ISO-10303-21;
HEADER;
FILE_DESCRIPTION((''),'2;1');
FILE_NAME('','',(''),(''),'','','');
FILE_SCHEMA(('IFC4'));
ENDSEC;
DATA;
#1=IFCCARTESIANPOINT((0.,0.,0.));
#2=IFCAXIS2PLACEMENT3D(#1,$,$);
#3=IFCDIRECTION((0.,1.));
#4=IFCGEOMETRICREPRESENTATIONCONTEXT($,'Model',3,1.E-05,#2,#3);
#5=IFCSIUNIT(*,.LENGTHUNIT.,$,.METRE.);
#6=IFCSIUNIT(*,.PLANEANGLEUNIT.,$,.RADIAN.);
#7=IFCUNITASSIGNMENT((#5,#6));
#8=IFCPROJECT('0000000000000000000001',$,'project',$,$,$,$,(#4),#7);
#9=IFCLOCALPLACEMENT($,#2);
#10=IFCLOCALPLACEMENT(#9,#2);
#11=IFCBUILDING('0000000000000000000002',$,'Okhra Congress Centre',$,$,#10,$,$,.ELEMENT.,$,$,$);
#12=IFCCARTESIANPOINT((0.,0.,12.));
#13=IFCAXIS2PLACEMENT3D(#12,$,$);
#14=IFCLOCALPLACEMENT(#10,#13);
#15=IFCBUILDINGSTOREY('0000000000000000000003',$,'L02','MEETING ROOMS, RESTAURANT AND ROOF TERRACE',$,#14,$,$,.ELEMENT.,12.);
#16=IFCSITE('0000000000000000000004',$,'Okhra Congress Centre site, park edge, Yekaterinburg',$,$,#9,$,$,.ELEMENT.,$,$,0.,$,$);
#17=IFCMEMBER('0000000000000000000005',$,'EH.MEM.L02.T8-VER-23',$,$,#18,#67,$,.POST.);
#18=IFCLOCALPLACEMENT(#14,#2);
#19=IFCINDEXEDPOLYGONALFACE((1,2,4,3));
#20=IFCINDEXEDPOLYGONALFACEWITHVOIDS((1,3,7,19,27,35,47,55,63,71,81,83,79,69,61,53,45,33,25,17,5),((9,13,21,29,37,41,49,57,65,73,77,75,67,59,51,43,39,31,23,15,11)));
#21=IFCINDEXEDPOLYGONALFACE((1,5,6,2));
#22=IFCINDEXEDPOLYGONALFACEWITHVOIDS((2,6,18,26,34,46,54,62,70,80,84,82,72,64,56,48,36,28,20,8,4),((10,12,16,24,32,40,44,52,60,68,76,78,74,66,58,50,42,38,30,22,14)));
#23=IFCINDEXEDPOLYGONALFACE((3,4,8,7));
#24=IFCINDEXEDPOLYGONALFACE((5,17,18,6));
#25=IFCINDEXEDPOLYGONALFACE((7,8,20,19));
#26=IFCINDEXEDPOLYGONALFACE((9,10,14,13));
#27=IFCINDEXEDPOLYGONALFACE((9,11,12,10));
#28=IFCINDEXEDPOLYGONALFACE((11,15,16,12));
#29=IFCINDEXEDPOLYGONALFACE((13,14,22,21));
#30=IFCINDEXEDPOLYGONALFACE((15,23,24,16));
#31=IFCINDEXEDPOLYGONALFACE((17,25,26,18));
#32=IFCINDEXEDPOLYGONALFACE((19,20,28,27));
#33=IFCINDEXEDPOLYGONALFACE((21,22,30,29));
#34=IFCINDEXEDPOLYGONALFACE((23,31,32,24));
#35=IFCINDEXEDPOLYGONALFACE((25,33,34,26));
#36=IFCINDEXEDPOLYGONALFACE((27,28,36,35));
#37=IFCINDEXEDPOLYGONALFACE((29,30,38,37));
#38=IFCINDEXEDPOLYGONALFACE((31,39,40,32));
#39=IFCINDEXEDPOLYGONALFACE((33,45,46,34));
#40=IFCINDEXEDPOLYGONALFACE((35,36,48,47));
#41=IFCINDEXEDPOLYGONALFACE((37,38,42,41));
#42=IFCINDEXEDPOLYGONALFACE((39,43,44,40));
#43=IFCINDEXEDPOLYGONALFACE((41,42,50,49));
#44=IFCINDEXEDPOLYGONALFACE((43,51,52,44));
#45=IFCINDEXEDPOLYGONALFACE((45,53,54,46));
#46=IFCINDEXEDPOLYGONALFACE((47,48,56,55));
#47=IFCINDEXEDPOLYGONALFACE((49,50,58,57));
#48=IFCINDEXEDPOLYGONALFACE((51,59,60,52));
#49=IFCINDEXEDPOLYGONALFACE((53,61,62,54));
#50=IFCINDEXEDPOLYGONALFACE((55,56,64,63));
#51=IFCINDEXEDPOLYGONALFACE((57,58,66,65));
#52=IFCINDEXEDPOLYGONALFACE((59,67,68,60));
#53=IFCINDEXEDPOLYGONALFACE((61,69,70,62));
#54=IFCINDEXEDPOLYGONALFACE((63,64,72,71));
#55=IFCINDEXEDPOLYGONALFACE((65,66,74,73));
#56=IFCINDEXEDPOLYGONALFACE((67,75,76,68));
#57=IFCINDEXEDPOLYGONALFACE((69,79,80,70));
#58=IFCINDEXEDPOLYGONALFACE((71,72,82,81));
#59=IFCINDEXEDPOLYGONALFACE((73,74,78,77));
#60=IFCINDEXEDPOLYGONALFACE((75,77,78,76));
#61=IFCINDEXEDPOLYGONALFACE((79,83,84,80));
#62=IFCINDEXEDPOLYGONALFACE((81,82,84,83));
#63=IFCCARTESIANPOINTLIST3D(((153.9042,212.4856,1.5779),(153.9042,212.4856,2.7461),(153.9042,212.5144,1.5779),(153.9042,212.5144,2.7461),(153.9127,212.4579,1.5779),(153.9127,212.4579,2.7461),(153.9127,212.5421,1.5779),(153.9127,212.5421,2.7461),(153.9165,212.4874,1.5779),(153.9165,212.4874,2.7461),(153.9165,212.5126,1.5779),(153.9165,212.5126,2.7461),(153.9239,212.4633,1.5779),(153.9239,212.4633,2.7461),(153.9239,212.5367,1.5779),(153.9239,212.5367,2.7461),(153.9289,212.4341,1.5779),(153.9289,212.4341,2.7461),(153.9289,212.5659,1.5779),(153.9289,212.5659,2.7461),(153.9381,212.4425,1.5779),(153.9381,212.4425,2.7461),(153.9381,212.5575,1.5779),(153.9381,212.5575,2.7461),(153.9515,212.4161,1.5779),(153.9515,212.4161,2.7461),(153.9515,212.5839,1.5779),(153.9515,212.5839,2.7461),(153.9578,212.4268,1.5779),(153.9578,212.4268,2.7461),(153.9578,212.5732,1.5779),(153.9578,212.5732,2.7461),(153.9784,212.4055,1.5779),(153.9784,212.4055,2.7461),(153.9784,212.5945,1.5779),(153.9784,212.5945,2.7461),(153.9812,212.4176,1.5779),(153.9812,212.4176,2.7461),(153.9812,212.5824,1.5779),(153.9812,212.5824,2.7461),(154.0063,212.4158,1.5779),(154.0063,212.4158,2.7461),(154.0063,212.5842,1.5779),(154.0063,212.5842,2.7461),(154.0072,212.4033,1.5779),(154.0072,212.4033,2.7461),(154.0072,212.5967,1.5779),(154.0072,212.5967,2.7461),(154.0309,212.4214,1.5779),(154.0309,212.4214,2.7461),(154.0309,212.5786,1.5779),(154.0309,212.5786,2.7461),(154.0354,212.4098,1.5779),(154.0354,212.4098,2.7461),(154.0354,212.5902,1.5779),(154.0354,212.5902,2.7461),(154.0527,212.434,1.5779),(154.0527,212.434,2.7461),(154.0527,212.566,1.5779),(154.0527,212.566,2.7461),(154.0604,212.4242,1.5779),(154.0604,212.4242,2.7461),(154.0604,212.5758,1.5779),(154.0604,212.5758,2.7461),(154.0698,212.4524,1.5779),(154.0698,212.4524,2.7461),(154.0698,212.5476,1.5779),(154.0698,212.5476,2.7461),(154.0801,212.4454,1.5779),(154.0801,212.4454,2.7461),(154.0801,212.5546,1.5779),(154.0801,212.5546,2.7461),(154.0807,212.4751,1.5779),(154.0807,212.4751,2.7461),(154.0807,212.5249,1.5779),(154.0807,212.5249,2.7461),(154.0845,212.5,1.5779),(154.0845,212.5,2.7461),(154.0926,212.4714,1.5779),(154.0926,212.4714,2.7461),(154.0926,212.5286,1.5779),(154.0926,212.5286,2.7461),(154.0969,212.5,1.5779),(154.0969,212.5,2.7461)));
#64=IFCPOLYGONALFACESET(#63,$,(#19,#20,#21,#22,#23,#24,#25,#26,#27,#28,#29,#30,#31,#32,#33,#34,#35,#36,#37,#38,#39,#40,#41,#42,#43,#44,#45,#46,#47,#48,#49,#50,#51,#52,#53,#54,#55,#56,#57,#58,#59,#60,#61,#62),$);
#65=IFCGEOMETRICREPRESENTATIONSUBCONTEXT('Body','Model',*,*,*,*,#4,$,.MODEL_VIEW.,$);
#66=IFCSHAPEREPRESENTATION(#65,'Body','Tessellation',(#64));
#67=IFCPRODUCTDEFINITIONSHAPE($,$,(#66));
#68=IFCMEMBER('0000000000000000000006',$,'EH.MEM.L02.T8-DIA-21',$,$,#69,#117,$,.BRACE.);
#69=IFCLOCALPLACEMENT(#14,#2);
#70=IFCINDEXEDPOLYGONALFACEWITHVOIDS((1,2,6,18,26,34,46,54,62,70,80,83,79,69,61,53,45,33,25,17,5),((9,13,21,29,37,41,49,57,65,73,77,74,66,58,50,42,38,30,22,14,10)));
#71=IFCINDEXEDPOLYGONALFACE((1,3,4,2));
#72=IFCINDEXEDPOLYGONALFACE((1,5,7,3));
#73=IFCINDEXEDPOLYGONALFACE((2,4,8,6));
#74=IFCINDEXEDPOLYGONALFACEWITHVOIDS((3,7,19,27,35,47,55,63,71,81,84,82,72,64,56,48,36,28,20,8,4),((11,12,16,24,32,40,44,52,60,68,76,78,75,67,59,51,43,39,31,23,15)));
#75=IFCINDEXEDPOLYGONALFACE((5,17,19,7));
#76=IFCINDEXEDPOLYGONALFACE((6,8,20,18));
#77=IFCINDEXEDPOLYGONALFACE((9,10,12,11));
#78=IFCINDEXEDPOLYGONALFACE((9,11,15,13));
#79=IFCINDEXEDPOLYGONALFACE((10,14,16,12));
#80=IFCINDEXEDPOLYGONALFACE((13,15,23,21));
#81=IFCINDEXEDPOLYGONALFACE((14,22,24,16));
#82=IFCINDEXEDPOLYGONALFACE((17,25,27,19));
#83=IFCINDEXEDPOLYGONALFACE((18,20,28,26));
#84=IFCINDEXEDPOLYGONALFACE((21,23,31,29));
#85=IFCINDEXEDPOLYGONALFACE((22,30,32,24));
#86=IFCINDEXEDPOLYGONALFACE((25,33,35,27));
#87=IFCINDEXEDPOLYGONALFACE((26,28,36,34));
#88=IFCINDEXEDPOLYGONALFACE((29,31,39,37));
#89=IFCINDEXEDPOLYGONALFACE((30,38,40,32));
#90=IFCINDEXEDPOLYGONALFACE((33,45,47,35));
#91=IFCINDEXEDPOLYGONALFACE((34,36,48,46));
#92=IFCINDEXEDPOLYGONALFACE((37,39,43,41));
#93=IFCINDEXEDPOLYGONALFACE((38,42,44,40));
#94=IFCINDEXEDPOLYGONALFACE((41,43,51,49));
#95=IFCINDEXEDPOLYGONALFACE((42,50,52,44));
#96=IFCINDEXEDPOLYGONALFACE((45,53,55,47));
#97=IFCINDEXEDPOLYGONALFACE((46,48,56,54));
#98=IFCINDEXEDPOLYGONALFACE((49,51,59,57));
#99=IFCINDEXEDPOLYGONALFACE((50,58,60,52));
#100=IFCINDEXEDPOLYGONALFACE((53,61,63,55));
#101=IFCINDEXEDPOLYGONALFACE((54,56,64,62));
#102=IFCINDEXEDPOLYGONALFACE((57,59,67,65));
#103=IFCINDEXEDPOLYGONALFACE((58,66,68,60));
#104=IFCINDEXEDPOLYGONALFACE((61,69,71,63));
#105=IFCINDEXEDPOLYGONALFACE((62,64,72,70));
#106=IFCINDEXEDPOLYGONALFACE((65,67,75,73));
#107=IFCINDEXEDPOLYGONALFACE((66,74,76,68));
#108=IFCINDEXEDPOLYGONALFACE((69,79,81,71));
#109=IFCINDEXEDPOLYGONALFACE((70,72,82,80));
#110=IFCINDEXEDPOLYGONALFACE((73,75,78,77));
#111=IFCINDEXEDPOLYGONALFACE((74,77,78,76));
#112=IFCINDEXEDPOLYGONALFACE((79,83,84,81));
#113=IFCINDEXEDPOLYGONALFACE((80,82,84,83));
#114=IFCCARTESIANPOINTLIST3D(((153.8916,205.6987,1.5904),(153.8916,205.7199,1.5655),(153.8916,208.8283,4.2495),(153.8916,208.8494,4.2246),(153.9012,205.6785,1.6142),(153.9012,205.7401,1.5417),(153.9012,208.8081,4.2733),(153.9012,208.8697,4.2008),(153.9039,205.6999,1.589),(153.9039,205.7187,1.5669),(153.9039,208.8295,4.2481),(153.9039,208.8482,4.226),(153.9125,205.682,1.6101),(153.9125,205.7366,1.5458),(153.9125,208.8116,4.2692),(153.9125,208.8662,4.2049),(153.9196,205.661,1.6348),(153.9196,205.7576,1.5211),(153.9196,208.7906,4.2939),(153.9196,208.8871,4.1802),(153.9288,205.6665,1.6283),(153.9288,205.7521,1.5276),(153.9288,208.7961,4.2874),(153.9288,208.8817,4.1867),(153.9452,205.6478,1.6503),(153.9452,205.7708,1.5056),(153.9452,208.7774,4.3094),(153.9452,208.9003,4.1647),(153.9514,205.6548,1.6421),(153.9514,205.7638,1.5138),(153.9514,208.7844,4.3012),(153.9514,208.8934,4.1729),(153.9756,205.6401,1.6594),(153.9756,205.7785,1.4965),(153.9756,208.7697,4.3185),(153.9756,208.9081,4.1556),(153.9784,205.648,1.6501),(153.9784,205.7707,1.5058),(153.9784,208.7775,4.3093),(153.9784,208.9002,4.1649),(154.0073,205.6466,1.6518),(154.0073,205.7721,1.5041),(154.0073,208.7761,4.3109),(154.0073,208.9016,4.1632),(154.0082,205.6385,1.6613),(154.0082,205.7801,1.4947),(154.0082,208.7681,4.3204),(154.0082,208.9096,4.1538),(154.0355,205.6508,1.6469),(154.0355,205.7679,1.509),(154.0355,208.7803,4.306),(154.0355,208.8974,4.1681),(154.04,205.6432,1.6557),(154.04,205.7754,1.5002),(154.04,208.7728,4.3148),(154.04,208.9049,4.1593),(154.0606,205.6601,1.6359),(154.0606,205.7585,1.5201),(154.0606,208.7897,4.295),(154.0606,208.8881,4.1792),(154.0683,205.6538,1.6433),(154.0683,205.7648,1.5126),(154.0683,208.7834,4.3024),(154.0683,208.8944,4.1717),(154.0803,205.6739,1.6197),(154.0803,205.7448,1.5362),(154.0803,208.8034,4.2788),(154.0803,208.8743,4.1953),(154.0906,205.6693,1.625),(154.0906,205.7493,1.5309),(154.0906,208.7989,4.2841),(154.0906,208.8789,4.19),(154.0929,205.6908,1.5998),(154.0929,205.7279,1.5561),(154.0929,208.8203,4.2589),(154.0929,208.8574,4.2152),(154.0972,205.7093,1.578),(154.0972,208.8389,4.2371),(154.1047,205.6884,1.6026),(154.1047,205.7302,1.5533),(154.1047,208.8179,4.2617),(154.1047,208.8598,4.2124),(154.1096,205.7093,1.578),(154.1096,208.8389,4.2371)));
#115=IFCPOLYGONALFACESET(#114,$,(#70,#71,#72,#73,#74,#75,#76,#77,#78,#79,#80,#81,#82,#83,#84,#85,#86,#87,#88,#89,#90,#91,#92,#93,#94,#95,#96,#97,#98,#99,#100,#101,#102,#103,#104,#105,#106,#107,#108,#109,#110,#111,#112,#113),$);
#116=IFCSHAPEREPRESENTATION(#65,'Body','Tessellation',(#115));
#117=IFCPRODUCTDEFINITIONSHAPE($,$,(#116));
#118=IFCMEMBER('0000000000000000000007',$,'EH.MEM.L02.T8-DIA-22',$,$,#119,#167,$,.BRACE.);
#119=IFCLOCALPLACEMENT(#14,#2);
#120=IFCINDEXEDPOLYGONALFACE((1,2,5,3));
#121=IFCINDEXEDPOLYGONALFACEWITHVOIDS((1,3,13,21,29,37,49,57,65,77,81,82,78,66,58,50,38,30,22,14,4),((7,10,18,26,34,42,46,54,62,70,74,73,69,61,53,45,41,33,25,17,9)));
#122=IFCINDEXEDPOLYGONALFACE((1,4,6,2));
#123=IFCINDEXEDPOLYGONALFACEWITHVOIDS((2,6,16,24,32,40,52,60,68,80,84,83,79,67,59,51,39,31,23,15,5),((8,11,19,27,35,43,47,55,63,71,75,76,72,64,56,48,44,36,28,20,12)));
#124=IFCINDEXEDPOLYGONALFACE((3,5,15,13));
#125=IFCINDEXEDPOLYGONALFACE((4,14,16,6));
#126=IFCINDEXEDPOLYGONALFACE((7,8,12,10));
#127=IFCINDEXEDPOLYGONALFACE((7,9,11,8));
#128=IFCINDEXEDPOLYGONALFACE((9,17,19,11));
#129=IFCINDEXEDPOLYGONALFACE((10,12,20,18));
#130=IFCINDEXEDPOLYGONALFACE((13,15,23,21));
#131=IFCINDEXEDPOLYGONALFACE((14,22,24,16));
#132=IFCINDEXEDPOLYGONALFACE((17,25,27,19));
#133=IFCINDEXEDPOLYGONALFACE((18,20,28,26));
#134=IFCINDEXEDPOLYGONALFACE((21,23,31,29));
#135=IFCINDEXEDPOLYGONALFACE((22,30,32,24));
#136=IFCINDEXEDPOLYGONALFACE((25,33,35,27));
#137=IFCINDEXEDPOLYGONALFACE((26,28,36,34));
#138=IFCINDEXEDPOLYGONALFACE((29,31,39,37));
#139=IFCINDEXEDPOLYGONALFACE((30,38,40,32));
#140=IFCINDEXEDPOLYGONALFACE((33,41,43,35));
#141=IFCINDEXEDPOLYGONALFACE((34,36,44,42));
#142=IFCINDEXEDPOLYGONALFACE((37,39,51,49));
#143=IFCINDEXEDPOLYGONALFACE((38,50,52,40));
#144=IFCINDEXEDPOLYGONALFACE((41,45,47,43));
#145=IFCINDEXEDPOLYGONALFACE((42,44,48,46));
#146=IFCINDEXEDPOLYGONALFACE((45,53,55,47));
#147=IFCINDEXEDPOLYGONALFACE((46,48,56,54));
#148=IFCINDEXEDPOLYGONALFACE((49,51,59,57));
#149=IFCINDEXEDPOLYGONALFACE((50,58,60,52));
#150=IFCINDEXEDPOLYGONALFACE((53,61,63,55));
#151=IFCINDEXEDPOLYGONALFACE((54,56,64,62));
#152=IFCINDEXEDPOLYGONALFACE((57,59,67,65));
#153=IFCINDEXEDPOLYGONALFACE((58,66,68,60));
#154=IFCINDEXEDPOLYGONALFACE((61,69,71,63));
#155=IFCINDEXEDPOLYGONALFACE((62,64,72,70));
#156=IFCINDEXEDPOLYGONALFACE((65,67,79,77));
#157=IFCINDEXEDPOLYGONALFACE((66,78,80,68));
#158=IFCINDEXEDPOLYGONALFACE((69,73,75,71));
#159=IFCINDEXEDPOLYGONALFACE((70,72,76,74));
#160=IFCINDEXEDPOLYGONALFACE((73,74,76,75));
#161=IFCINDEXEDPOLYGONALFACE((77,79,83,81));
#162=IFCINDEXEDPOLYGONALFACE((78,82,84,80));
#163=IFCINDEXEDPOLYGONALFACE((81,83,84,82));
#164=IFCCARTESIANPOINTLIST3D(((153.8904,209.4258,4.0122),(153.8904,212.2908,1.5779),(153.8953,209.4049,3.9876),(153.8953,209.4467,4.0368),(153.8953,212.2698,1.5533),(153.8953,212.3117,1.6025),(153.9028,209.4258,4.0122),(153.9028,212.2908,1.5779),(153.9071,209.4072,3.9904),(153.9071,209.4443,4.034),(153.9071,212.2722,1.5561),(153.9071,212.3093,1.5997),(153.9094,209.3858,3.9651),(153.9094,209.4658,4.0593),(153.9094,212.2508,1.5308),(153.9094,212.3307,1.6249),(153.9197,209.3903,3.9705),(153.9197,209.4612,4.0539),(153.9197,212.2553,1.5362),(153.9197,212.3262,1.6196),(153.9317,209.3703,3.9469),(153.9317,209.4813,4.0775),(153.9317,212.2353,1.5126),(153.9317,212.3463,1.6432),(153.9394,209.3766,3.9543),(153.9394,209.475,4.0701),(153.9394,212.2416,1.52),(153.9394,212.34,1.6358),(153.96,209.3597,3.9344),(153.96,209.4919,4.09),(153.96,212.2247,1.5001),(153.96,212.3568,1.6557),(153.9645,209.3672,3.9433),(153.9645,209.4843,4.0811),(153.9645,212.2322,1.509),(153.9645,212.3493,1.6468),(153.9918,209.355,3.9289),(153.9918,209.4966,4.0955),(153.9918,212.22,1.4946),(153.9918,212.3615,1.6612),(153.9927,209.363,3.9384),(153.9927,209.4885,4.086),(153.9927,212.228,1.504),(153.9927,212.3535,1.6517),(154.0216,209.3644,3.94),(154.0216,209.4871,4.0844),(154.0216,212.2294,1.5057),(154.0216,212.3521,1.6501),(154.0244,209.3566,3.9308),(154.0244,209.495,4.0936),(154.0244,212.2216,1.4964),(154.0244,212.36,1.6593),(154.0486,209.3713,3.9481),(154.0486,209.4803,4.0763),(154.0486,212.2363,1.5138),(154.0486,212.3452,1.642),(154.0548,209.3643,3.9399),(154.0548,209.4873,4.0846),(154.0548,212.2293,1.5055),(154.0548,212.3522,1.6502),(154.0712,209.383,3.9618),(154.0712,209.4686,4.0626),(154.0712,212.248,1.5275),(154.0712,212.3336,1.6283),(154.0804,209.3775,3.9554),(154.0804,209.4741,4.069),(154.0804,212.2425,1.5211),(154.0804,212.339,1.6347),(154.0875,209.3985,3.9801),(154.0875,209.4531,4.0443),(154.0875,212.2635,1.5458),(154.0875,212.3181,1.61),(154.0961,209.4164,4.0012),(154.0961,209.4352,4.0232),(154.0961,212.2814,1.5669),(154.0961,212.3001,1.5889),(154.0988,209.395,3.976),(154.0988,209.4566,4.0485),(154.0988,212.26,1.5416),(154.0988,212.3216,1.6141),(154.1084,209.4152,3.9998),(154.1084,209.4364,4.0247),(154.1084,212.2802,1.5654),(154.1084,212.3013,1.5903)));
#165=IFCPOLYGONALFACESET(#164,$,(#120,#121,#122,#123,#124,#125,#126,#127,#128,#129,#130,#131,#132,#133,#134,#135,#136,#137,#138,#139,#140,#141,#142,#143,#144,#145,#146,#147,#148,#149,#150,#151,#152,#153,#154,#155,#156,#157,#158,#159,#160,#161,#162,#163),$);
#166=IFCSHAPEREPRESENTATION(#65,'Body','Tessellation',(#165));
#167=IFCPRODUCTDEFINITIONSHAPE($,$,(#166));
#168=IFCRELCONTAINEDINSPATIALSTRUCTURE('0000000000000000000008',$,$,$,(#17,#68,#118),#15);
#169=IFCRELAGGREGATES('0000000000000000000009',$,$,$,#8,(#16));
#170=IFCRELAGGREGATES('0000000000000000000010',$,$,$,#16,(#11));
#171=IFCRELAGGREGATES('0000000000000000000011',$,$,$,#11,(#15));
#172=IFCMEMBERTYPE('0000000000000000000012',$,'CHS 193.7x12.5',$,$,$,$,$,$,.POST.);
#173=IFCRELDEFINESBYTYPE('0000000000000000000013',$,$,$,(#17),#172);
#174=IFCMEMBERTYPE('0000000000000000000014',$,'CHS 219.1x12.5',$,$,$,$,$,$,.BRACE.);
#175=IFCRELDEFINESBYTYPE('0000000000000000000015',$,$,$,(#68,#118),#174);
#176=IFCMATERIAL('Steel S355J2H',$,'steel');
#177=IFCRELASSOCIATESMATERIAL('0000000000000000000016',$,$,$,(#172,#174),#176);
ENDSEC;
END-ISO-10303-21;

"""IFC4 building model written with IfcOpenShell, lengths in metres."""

from ifc_helpers import new_model, si_unit, direction, frame, origin, origin_2d, place, context, subcontext, project, spatial, hollow_circle, extrude, material, material_profile, profile_set, type_object, element, save


model = new_model("IFC4")

# Units and contexts
model_context = context("Model", 3, precision=1e-05, world=origin(), true_north=direction((0.0, 1.0)))
body_context = subcontext(model_context, "Body", "Model", "MODEL_VIEW")
ifc_project = project(units=[si_unit("LENGTHUNIT", "METRE"), si_unit("PLANEANGLEUNIT", "RADIAN")], contexts=[model_context])

# Site, building, storey
site_placement = place(None, origin())
site = spatial("IfcSite", under=ifc_project, at=site_placement, Name="Okhra Congress Centre site, park edge, Yekaterinburg", CompositionType="ELEMENT", RefElevation=0.0)
building_placement = place(site_placement, origin())
building = spatial("IfcBuilding", under=site, at=building_placement, Name="Okhra Congress Centre", CompositionType="ELEMENT")
storey_placement = place(building_placement, frame((0.0, 0.0, 12.0)))
storey = spatial("IfcBuildingStorey", under=building, at=storey_placement, Name="L02", Description="MEETING ROOMS, RESTAURANT AND ROOF TERRACE", CompositionType="ELEMENT", Elevation=12.0)

# Members
ifc_material_1 = material(Name="Steel S355J2H", Category="steel")
ifc_material_profile_1 = material_profile(ifc_material_1, hollow_circle(Radius=0.0969, WallThickness=0.0125, at=origin_2d()), Name="CHS 193.7x12.5")
ifc_profile_set_1 = profile_set([ifc_material_profile_1], Name="Steel S355J2H")
member_type_1 = type_object("IfcMemberType", Name="CHS 193.7x12.5", PredefinedType="POST", material=ifc_profile_set_1)
member_1_placement = place(storey_placement, frame((154.0, 212.5, 1.5779), z_axis=(0.0, 0.0, 1.0), x_axis=(1.0, 0.0, 0.0)))
element("IfcMember", 1, at=member_1_placement, inside=storey, type_object=member_type_1, Name="EH.MEM.L02.T8-VER-23", PredefinedType="POST", context=body_context, shape_type="SweptSolid", body=[
    extrude(hollow_circle(Radius=0.0969, WallThickness=0.0125, at=origin_2d()), origin(), (0.0, 0.0, 1.0), 1.1682),
])
ifc_material_profile_2 = material_profile(ifc_material_1, hollow_circle(Radius=0.1096, WallThickness=0.0125, at=origin_2d()), Name="CHS 219.1x12.5")
ifc_profile_set_2 = profile_set([ifc_material_profile_2], Name="Steel S355J2H")
member_type_2 = type_object("IfcMemberType", Name="CHS 219.1x12.5", PredefinedType="BRACE", material=ifc_profile_set_2)
member_2_placement = place(storey_placement, frame((154.0, 208.8389, 4.2371), z_axis=(0.0, -0.762061, -0.647505), x_axis=(1.0, 0.0, 0.0)))
element("IfcMember", 2, at=member_2_placement, inside=storey, type_object=member_type_2, Name="EH.MEM.L02.T8-DIA-21", PredefinedType="BRACE", context=body_context, shape_type="SweptSolid", body=[
    extrude(hollow_circle(Radius=0.1096, WallThickness=0.0125, at=origin_2d()), origin(), (0.0, 0.0, 1.0), 4.1067),
])
member_3_placement = place(storey_placement, frame((154.0, 209.4258, 4.0122), z_axis=(0.0, 0.762059, -0.647507), x_axis=(-1.0, 0.0, 0.0)))
element("IfcMember", 3, at=member_3_placement, inside=storey, type_object=member_type_2, Name="EH.MEM.L02.T8-DIA-22", PredefinedType="BRACE", context=body_context, shape_type="SweptSolid", body=[
    extrude(hollow_circle(Radius=0.1096, WallThickness=0.0125, at=origin_2d()), origin(), (0.0, 0.0, 1.0), 3.7595),
])

save(model, "model.ifc")
